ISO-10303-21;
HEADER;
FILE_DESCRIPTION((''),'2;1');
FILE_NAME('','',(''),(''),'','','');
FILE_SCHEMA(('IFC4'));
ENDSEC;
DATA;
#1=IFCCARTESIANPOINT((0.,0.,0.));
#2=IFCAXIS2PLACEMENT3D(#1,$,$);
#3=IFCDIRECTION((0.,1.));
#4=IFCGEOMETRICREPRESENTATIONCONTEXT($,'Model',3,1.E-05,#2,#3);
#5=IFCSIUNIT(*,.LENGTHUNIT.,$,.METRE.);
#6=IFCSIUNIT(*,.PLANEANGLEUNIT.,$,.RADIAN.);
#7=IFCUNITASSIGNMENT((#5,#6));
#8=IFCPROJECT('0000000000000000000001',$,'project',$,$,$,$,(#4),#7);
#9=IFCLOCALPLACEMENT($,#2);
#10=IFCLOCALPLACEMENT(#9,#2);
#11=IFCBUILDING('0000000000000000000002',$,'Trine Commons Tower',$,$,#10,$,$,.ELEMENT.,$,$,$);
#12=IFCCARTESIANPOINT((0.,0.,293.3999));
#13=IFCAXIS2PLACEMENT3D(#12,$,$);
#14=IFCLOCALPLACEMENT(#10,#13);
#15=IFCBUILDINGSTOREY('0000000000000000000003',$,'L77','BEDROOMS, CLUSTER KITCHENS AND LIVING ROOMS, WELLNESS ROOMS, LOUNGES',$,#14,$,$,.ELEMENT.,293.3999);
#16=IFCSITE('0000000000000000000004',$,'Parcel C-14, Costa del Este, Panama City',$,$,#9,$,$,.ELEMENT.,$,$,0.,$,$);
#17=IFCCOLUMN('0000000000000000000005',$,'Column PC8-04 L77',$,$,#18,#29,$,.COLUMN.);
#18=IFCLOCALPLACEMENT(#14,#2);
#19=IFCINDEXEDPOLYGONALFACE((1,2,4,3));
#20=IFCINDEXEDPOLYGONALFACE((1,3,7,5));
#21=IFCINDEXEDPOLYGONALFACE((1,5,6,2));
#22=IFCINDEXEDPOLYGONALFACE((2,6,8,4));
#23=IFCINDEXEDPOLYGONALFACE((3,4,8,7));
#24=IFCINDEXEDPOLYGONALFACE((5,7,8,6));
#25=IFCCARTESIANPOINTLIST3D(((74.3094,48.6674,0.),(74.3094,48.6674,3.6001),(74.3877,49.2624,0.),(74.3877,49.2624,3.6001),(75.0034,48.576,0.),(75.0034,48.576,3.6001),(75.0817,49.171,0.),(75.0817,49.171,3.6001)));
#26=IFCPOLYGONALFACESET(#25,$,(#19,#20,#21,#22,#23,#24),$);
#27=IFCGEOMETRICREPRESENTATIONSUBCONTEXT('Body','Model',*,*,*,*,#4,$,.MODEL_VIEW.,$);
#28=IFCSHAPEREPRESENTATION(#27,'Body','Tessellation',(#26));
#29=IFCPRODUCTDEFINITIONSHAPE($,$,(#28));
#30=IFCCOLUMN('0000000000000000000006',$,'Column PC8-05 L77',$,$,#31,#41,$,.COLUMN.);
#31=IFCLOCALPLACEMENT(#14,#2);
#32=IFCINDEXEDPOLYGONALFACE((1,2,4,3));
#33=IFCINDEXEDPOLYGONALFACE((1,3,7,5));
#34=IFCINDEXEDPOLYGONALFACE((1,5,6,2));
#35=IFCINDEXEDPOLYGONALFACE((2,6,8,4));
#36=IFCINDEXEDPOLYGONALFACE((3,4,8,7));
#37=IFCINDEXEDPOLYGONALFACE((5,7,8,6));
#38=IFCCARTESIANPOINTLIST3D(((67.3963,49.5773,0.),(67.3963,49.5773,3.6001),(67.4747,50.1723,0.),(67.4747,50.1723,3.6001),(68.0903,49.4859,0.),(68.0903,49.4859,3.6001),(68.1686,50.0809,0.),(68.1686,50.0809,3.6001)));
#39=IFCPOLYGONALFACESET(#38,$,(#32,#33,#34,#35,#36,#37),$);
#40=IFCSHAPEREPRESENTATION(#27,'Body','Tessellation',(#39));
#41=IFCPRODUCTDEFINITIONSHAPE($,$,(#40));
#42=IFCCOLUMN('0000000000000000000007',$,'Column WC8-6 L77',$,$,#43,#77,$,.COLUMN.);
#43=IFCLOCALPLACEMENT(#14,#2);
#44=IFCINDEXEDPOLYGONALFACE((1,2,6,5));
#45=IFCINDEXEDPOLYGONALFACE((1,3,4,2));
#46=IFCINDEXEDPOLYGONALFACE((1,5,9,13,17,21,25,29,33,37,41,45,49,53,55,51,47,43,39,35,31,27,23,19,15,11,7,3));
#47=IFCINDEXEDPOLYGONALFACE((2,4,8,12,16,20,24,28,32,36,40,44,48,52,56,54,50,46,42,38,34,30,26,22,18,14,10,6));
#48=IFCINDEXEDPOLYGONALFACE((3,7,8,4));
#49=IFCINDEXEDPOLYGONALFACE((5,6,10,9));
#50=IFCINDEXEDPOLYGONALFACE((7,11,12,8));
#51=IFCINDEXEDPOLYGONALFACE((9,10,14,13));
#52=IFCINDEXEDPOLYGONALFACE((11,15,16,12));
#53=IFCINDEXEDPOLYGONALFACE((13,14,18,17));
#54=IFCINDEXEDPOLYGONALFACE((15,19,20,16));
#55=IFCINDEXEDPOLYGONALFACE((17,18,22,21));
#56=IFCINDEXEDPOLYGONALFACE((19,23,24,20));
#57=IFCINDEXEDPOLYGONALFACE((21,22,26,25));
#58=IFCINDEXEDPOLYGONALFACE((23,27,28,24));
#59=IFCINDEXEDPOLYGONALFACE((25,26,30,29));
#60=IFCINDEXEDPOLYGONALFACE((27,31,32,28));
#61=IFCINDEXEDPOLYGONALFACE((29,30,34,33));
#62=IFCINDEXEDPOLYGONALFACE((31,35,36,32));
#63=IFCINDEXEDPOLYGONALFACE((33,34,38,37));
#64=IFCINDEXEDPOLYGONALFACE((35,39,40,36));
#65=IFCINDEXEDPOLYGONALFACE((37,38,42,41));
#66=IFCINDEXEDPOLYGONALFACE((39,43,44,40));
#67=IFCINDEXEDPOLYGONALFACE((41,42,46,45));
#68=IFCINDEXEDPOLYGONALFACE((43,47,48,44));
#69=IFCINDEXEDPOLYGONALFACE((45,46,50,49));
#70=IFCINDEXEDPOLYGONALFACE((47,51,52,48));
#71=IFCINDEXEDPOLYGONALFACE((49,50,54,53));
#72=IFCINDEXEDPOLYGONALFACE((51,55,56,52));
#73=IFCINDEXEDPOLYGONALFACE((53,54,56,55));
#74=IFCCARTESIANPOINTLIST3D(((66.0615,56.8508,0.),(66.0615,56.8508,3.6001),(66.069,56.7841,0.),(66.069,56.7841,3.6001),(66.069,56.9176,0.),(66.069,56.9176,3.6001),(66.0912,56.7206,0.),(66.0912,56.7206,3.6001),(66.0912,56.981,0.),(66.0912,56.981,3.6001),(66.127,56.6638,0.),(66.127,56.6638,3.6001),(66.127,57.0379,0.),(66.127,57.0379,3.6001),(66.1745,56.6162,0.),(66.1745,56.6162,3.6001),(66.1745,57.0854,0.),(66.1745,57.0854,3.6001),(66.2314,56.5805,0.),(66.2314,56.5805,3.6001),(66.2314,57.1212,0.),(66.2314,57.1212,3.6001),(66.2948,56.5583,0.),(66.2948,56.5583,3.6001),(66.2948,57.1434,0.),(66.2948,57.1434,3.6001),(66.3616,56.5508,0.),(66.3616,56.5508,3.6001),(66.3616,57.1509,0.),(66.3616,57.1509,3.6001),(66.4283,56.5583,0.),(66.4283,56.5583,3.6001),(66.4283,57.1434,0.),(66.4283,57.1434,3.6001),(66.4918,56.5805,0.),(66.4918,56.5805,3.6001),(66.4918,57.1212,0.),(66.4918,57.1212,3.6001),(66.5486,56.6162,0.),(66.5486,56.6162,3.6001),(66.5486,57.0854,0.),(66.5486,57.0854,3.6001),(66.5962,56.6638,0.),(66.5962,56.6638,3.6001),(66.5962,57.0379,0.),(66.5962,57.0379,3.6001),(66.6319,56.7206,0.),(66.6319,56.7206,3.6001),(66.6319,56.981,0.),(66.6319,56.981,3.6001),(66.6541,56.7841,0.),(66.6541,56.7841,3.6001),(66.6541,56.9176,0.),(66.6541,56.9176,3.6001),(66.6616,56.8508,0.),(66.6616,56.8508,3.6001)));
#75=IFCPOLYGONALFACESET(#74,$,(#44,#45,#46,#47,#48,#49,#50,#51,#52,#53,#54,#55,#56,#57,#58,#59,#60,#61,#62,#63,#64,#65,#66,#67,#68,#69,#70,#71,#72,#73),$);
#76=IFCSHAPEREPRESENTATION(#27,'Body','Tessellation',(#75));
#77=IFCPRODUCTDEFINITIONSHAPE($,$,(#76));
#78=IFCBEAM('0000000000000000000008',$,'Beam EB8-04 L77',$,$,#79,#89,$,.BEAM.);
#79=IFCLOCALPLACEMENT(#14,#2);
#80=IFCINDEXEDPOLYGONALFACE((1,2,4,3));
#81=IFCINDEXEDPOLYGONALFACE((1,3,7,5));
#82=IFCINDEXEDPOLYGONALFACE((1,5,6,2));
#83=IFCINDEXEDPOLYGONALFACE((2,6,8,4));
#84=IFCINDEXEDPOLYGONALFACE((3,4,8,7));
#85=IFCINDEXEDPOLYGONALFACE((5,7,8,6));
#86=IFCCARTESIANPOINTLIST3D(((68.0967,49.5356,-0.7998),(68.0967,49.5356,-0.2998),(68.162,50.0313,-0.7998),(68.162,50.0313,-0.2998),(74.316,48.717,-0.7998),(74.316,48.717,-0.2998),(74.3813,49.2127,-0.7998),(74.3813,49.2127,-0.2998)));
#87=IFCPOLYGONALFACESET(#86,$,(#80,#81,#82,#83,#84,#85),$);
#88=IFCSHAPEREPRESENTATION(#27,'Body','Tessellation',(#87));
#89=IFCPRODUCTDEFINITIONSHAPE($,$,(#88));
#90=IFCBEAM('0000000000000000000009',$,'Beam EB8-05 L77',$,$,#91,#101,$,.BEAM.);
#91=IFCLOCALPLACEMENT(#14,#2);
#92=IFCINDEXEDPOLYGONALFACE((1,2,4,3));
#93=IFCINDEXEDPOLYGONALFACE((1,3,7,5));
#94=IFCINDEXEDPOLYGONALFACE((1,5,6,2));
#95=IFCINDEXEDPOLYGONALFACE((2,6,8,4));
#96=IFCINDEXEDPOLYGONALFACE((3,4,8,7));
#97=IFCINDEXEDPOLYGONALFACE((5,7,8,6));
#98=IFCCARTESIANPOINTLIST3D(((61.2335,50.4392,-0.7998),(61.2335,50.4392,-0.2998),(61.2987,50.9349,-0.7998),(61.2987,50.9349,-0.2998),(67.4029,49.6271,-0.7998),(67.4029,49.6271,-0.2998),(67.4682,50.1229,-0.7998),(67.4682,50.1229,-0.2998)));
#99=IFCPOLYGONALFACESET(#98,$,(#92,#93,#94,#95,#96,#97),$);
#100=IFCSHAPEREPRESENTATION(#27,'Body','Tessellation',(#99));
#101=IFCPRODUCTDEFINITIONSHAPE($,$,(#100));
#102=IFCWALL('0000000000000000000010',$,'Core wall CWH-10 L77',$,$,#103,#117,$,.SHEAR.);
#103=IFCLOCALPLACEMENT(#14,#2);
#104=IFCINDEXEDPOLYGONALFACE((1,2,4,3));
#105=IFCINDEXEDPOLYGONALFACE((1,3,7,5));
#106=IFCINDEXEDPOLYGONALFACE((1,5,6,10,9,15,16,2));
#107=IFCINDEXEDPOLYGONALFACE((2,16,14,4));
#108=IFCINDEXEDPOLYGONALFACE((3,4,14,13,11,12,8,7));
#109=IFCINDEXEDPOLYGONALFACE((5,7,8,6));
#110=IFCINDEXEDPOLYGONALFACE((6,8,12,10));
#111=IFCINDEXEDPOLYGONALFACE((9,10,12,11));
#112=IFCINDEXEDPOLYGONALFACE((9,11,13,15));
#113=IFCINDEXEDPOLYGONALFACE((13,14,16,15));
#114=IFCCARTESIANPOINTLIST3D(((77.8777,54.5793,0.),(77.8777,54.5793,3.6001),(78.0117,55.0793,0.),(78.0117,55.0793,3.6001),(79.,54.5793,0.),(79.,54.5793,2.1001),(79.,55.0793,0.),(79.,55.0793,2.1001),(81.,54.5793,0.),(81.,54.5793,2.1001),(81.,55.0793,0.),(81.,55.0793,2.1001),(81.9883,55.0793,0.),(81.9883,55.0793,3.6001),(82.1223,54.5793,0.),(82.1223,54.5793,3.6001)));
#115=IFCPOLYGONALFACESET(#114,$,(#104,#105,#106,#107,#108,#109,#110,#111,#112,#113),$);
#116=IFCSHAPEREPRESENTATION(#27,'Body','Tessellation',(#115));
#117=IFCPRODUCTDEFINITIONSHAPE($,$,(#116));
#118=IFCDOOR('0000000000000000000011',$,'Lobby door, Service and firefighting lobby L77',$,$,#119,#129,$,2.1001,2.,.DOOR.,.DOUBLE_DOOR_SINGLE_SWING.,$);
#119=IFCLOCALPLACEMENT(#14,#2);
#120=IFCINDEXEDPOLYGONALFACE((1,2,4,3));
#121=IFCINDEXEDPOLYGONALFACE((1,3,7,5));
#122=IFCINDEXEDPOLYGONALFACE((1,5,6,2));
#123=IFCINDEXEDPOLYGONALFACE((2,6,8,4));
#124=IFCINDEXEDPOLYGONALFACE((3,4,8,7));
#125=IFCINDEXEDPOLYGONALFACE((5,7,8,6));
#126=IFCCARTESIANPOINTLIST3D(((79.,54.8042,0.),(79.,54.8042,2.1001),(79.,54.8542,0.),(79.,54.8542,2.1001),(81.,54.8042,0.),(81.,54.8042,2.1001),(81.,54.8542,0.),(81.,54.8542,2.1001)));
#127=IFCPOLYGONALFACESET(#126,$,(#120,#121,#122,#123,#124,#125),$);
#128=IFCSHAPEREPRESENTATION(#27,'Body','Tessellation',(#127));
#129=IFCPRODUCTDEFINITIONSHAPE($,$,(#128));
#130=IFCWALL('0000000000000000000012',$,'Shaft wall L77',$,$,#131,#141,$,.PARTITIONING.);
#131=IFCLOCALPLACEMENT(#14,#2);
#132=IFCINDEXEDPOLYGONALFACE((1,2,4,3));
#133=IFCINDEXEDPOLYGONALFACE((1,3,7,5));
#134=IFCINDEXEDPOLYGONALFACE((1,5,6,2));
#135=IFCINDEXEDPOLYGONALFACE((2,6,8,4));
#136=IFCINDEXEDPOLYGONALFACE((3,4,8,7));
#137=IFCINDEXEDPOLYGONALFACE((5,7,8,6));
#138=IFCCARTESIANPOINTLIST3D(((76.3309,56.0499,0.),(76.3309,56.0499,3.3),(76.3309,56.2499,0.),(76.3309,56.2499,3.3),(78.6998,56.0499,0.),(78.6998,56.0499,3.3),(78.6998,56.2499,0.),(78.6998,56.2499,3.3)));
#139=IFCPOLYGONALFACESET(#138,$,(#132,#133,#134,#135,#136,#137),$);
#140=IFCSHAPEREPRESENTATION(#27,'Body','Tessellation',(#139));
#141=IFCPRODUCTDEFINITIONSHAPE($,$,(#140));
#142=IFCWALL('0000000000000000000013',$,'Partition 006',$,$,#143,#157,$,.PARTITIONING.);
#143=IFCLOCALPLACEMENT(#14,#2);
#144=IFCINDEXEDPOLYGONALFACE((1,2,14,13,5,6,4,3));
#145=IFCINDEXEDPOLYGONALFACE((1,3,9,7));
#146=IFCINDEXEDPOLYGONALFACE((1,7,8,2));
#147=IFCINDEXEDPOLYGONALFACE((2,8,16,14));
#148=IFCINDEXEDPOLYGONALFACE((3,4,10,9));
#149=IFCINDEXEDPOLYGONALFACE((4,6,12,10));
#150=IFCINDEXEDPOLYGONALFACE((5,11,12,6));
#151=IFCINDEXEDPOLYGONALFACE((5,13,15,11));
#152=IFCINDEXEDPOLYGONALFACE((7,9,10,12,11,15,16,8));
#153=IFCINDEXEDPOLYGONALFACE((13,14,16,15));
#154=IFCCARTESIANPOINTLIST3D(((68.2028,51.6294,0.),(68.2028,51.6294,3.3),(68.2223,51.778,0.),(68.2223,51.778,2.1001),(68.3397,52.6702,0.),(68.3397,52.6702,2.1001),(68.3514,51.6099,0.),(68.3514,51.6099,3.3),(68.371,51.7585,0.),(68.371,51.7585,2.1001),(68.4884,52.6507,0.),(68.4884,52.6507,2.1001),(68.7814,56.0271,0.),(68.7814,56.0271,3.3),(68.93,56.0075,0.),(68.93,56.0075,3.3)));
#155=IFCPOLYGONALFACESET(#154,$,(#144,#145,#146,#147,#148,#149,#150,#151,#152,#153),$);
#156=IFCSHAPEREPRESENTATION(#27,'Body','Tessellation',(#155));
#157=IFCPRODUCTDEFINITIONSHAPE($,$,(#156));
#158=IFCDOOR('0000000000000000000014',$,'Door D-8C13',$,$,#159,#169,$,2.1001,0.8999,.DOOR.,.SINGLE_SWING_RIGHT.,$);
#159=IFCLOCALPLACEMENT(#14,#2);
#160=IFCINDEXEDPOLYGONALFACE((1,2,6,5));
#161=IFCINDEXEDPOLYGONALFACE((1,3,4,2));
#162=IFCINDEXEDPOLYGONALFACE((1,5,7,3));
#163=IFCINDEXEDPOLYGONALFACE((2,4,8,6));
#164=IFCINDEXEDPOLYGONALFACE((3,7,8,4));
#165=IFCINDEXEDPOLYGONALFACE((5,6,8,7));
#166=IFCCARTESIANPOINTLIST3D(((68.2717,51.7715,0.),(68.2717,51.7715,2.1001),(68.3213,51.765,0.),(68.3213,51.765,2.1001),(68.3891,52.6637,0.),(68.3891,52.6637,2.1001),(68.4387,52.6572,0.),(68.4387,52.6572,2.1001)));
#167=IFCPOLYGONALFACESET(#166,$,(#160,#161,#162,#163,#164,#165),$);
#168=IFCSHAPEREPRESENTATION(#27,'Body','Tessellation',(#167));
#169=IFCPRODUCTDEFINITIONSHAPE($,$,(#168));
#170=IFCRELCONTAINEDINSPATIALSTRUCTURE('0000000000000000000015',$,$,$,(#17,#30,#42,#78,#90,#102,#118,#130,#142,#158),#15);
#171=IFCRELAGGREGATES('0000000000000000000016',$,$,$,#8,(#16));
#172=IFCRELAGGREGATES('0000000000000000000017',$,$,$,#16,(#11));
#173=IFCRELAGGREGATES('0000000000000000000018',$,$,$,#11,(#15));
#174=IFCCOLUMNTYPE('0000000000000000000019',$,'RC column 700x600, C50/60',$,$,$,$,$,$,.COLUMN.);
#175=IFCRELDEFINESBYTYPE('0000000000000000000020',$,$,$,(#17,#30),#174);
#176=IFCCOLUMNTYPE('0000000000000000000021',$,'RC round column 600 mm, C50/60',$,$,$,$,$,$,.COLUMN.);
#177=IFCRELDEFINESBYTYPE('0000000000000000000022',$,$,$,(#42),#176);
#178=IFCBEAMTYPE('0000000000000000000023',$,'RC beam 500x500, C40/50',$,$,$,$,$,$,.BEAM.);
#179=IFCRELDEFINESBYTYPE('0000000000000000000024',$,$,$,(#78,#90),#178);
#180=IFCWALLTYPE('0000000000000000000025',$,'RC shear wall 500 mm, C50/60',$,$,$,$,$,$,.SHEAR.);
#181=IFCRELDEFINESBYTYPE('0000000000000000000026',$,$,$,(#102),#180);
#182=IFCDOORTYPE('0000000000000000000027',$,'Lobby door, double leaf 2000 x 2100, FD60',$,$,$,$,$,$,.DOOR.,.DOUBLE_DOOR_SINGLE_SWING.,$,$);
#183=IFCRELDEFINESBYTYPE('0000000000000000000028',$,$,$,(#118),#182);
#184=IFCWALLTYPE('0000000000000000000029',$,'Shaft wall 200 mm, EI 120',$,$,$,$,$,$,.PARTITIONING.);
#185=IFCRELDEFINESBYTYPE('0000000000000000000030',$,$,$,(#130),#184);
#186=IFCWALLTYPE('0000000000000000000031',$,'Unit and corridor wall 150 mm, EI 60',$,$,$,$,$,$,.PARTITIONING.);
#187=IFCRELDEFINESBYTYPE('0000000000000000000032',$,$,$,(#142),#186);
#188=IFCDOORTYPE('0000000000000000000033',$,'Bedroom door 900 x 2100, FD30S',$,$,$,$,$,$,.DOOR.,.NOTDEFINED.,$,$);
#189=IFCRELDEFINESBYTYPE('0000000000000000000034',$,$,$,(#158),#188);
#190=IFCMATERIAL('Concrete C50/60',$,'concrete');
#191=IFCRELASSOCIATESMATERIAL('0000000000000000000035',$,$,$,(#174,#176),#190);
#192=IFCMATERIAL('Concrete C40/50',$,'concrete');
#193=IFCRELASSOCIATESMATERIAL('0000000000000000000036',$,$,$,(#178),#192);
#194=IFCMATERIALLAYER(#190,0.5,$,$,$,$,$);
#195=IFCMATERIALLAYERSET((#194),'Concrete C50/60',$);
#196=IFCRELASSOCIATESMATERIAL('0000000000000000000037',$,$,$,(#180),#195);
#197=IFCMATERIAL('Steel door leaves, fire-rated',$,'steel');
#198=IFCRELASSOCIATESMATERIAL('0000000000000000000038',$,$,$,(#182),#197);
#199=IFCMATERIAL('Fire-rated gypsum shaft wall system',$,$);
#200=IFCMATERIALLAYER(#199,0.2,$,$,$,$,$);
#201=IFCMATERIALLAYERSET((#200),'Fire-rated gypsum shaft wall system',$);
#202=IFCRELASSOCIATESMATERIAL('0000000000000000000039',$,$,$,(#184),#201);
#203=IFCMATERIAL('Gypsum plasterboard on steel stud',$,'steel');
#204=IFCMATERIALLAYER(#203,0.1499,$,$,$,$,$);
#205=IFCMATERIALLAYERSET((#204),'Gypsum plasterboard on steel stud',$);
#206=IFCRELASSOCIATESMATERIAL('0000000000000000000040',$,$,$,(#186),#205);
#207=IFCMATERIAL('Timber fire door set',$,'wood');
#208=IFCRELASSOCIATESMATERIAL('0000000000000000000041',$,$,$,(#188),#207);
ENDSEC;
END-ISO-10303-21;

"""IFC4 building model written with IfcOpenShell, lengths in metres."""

from ifc_helpers import new_model, si_unit, direction, frame, frame_2d, origin, origin_2d, place, context, subcontext, project, spatial, polyline, rectangle, circle, outline, extrude, material, layer, layer_set, material_profile, profile_set, type_object, element, fill, save


model = new_model("IFC4")

# Units and contexts
model_context = context("Model", 3, precision=1e-05, world=origin(), true_north=direction((0.0, 1.0)))
body_context = subcontext(model_context, "Body", "Model", "MODEL_VIEW")
ifc_project = project(units=[si_unit("LENGTHUNIT", "METRE"), si_unit("PLANEANGLEUNIT", "RADIAN")], contexts=[model_context])

# Site, building, storey
site_placement = place(None, origin())
site = spatial("IfcSite", under=ifc_project, at=site_placement, Name="Parcel C-14, Costa del Este, Panama City", CompositionType="ELEMENT", RefElevation=0.0)
building_placement = place(site_placement, origin())
building = spatial("IfcBuilding", under=site, at=building_placement, Name="Trine Commons Tower", CompositionType="ELEMENT")
storey_placement = place(building_placement, frame((0.0, 0.0, 293.3999)))
storey = spatial("IfcBuildingStorey", under=building, at=storey_placement, Name="L77", Description="BEDROOMS, CLUSTER KITCHENS AND LIVING ROOMS, WELLNESS ROOMS, LOUNGES", CompositionType="ELEMENT", Elevation=293.3999)

# Columns
ifc_material_1 = material(Name="Concrete C50/60", Category="concrete")
ifc_material_profile_1 = material_profile(ifc_material_1, rectangle(XDim=0.7, YDim=0.6001, at=origin_2d()), Name="RC 700x600")
ifc_profile_set_1 = profile_set([ifc_material_profile_1], Name="Concrete C50/60")
column_type_1 = type_object("IfcColumnType", Name="RC column 700x600, C50/60", PredefinedType="COLUMN", material=ifc_profile_set_1)
for number, where, z_axis, x_axis, name in (
    (1, (74.6956, 48.9192, 0.0), (0.0, 0.0, 1.0), (-0.991445, 0.130526, 0.0), "Column PC8-04 L77"),
    (2, (67.7825, 49.8291, 0.0), (0.0, 0.0, 1.0), (-0.991445, 0.130526, 0.0), "Column PC8-05 L77"),
):
    element("IfcColumn", number, at=place(storey_placement, frame(where, z_axis=z_axis, x_axis=x_axis)), inside=storey, type_object=column_type_1, Name=name, PredefinedType="COLUMN", context=body_context, shape_type="SweptSolid", body=[
        extrude(rectangle(XDim=0.7, YDim=0.6001, at=origin_2d()), origin(), (0.0, 0.0, 1.0), 3.6001),
    ])
ifc_material_profile_2 = material_profile(ifc_material_1, circle(Radius=0.3, at=origin_2d()), Name="RC round 600")
ifc_profile_set_2 = profile_set([ifc_material_profile_2], Name="Concrete C50/60")
column_type_2 = type_object("IfcColumnType", Name="RC round column 600 mm, C50/60", PredefinedType="COLUMN", material=ifc_profile_set_2)
column_placement = place(storey_placement, frame((66.3616, 56.8508, 0.0), z_axis=(0.0, 0.0, 1.0), x_axis=(1.0, 0.0, 0.0)))
element("IfcColumn", 3, at=column_placement, inside=storey, type_object=column_type_2, Name="Column WC8-6 L77", PredefinedType="COLUMN", context=body_context, shape_type="SweptSolid", body=[
    extrude(circle(Radius=0.3, at=origin_2d()), origin(), (0.0, 0.0, 1.0), 3.6001),
])

# Beams
ifc_material_2 = material(Name="Concrete C40/50", Category="concrete")
ifc_material_profile_3 = material_profile(ifc_material_2, rectangle(XDim=0.5, YDim=0.5, at=origin_2d()), Name="RC 500x500")
ifc_profile_set_3 = profile_set([ifc_material_profile_3], Name="Concrete C40/50")
beam_type = type_object("IfcBeamType", Name="RC beam 500x500, C40/50", PredefinedType="BEAM", material=ifc_profile_set_3)
beam_1_placement = place(storey_placement, frame((74.3486, 48.9648, -0.5498), z_axis=(-0.991448, 0.130499, 0.0), x_axis=(-0.130499, -0.991448, 0.0)))
element("IfcBeam", 4, at=beam_1_placement, inside=storey, type_object=beam_type, Name="Beam EB8-04 L77", PredefinedType="BEAM", context=body_context, shape_type="SweptSolid", body=[
    extrude(rectangle(XDim=0.5, YDim=0.5, at=origin_2d()), origin(), (0.0, 0.0, 1.0), 6.2729),
])
beam_2_placement = place(storey_placement, frame((67.4355, 49.875, -0.5498), z_axis=(-0.991449, 0.130493, 0.0), x_axis=(-0.130493, -0.991449, 0.0)))
element("IfcBeam", 5, at=beam_2_placement, inside=storey, type_object=beam_type, Name="Beam EB8-05 L77", PredefinedType="BEAM", context=body_context, shape_type="SweptSolid", body=[
    extrude(rectangle(XDim=0.5, YDim=0.5, at=origin_2d()), origin(), (0.0, 0.0, 1.0), 6.2227),
])

# Wall, opening, door
ifc_layer_1 = layer(ifc_material_1, 0.5)
ifc_layer_set_1 = layer_set([ifc_layer_1], Name="Concrete C50/60")
wall_type_1 = type_object("IfcWallType", Name="RC shear wall 500 mm, C50/60", PredefinedType="SHEAR", material=ifc_layer_set_1)
wall_1_placement = place(storey_placement, frame((77.8777, 54.8293, 0.0), z_axis=(0.0, 0.0, 1.0), x_axis=(1.0, 0.0, 0.0)))
wall_1 = element("IfcWall", 6, at=wall_1_placement, inside=storey, type_object=wall_type_1, Name="Core wall CWH-10 L77", PredefinedType="SHEAR", context=body_context, shape_type="SweptSolid", body=[
    extrude(outline(polyline([(0.0, -0.25), (4.2446, -0.25), (4.1106, 0.25), (0.134, 0.25), (0.0, -0.25)])), origin(), (0.0, 0.0, 1.0), 3.6001),
])
opening_1_placement = place(wall_1_placement, frame((1.1223, 0.0, 0.0)))
opening_1 = element("IfcOpeningElement", 7, at=opening_1_placement, cuts=wall_1, PredefinedType="OPENING", context=body_context, shape_type="SweptSolid", body=[
    extrude(rectangle(XDim=2.0, YDim=2.1001, at=frame_2d((1.0, 1.05))), frame((0.0, 0.26, 0.0), z_axis=(0.0, -1.0, 0.0), x_axis=(1.0, 0.0, 0.0)), (0.0, 0.0, 1.0), 0.52),
])
ifc_material_3 = material(Name="Steel door leaves, fire-rated", Category="steel")
door_type_1 = type_object("IfcDoorType", Name="Lobby door, double leaf 2000 x 2100, FD60", OperationType="DOUBLE_DOOR_SINGLE_SWING", PredefinedType="DOOR", material=ifc_material_3)
door_1_placement = place(opening_1_placement, origin())
door_1 = element("IfcDoor", 8, at=door_1_placement, inside=storey, type_object=door_type_1, Name="Lobby door, Service and firefighting lobby L77", OperationType="DOUBLE_DOOR_SINGLE_SWING", OverallHeight=2.1001, OverallWidth=2.0, PredefinedType="DOOR", context=body_context, shape_type="SweptSolid", body=[
    extrude(rectangle(XDim=2.0, YDim=2.1001, at=frame_2d((1.0, 1.05))), frame((0.0, 0.0249, 0.0), z_axis=(0.0, -1.0, 0.0), x_axis=(1.0, 0.0, 0.0)), (0.0, 0.0, 1.0), 0.05),
])
fill(opening_1, door_1)

# Wall
ifc_material_4 = material(Name="Fire-rated gypsum shaft wall system")
ifc_layer_2 = layer(ifc_material_4, 0.2)
ifc_layer_set_2 = layer_set([ifc_layer_2], Name="Fire-rated gypsum shaft wall system")
wall_type_2 = type_object("IfcWallType", Name="Shaft wall 200 mm, EI 120", PredefinedType="PARTITIONING", material=ifc_layer_set_2)
wall_2_placement = place(storey_placement, frame((78.7, 56.1499, 0.0), z_axis=(0.0, 0.0, 1.0), x_axis=(-1.0, 0.0, 0.0)))
element("IfcWall", 9, at=wall_2_placement, inside=storey, type_object=wall_type_2, Name="Shaft wall L77", PredefinedType="PARTITIONING", context=body_context, shape_type="SweptSolid", body=[
    extrude(rectangle(XDim=2.3689, YDim=0.2, at=frame_2d((1.1846, 0.0))), origin(), (0.0, 0.0, 1.0), 3.3),
])

# Wall, opening, door
ifc_material_5 = material(Name="Gypsum plasterboard on steel stud", Category="steel")
ifc_layer_3 = layer(ifc_material_5, 0.1499)
ifc_layer_set_3 = layer_set([ifc_layer_3], Name="Gypsum plasterboard on steel stud")
wall_type_3 = type_object("IfcWallType", Name="Unit and corridor wall 150 mm, EI 60", PredefinedType="PARTITIONING", material=ifc_layer_set_3)
wall_3_placement = place(storey_placement, frame((68.2771, 51.6196, 0.0), z_axis=(0.0, 0.0, 1.0), x_axis=(0.130447, 0.991455, 0.0)))
wall_3 = element("IfcWall", 10, at=wall_3_placement, inside=storey, type_object=wall_type_3, Name="Partition 006", PredefinedType="PARTITIONING", context=body_context, shape_type="SweptSolid", body=[
    extrude(rectangle(XDim=4.4355, YDim=0.1499, at=frame_2d((2.2178, 0.0))), origin(), (0.0, 0.0, 1.0), 3.3),
])
opening_2_placement = place(wall_3_placement, frame((0.1499, 0.0, 0.0)))
opening_2 = element("IfcOpeningElement", 11, at=opening_2_placement, cuts=wall_3, PredefinedType="OPENING", context=body_context, shape_type="SweptSolid", body=[
    extrude(rectangle(XDim=0.8999, YDim=2.1001, at=frame_2d((0.45, 1.05))), frame((0.0, 0.085, 0.0), z_axis=(0.0, -1.0, 0.0), x_axis=(1.0, 0.0, 0.0)), (0.0, 0.0, 1.0), 0.1699),
])
ifc_material_6 = material(Name="Timber fire door set", Category="wood")
door_type_2 = type_object("IfcDoorType", Name="Bedroom door 900 x 2100, FD30S", OperationType="NOTDEFINED", PredefinedType="DOOR", material=ifc_material_6)
door_2_placement = place(opening_2_placement, frame((0.8999, 0.0, 0.0), z_axis=(0.0, 0.0, 1.0), x_axis=(-1.0, 0.0, 0.0)))
door_2 = element("IfcDoor", 12, at=door_2_placement, inside=storey, type_object=door_type_2, Name="Door D-8C13", OperationType="SINGLE_SWING_RIGHT", OverallHeight=2.1001, OverallWidth=0.8999, PredefinedType="DOOR", context=body_context, shape_type="SweptSolid", body=[
    extrude(rectangle(XDim=0.8999, YDim=2.1001, at=frame_2d((0.45, 1.05))), frame((0.0, 0.0249, 0.0), z_axis=(0.0, -1.0, 0.0), x_axis=(1.0, 0.0, 0.0)), (0.0, 0.0, 1.0), 0.05),
])
fill(opening_2, door_2)

save(model, "model.ifc")
